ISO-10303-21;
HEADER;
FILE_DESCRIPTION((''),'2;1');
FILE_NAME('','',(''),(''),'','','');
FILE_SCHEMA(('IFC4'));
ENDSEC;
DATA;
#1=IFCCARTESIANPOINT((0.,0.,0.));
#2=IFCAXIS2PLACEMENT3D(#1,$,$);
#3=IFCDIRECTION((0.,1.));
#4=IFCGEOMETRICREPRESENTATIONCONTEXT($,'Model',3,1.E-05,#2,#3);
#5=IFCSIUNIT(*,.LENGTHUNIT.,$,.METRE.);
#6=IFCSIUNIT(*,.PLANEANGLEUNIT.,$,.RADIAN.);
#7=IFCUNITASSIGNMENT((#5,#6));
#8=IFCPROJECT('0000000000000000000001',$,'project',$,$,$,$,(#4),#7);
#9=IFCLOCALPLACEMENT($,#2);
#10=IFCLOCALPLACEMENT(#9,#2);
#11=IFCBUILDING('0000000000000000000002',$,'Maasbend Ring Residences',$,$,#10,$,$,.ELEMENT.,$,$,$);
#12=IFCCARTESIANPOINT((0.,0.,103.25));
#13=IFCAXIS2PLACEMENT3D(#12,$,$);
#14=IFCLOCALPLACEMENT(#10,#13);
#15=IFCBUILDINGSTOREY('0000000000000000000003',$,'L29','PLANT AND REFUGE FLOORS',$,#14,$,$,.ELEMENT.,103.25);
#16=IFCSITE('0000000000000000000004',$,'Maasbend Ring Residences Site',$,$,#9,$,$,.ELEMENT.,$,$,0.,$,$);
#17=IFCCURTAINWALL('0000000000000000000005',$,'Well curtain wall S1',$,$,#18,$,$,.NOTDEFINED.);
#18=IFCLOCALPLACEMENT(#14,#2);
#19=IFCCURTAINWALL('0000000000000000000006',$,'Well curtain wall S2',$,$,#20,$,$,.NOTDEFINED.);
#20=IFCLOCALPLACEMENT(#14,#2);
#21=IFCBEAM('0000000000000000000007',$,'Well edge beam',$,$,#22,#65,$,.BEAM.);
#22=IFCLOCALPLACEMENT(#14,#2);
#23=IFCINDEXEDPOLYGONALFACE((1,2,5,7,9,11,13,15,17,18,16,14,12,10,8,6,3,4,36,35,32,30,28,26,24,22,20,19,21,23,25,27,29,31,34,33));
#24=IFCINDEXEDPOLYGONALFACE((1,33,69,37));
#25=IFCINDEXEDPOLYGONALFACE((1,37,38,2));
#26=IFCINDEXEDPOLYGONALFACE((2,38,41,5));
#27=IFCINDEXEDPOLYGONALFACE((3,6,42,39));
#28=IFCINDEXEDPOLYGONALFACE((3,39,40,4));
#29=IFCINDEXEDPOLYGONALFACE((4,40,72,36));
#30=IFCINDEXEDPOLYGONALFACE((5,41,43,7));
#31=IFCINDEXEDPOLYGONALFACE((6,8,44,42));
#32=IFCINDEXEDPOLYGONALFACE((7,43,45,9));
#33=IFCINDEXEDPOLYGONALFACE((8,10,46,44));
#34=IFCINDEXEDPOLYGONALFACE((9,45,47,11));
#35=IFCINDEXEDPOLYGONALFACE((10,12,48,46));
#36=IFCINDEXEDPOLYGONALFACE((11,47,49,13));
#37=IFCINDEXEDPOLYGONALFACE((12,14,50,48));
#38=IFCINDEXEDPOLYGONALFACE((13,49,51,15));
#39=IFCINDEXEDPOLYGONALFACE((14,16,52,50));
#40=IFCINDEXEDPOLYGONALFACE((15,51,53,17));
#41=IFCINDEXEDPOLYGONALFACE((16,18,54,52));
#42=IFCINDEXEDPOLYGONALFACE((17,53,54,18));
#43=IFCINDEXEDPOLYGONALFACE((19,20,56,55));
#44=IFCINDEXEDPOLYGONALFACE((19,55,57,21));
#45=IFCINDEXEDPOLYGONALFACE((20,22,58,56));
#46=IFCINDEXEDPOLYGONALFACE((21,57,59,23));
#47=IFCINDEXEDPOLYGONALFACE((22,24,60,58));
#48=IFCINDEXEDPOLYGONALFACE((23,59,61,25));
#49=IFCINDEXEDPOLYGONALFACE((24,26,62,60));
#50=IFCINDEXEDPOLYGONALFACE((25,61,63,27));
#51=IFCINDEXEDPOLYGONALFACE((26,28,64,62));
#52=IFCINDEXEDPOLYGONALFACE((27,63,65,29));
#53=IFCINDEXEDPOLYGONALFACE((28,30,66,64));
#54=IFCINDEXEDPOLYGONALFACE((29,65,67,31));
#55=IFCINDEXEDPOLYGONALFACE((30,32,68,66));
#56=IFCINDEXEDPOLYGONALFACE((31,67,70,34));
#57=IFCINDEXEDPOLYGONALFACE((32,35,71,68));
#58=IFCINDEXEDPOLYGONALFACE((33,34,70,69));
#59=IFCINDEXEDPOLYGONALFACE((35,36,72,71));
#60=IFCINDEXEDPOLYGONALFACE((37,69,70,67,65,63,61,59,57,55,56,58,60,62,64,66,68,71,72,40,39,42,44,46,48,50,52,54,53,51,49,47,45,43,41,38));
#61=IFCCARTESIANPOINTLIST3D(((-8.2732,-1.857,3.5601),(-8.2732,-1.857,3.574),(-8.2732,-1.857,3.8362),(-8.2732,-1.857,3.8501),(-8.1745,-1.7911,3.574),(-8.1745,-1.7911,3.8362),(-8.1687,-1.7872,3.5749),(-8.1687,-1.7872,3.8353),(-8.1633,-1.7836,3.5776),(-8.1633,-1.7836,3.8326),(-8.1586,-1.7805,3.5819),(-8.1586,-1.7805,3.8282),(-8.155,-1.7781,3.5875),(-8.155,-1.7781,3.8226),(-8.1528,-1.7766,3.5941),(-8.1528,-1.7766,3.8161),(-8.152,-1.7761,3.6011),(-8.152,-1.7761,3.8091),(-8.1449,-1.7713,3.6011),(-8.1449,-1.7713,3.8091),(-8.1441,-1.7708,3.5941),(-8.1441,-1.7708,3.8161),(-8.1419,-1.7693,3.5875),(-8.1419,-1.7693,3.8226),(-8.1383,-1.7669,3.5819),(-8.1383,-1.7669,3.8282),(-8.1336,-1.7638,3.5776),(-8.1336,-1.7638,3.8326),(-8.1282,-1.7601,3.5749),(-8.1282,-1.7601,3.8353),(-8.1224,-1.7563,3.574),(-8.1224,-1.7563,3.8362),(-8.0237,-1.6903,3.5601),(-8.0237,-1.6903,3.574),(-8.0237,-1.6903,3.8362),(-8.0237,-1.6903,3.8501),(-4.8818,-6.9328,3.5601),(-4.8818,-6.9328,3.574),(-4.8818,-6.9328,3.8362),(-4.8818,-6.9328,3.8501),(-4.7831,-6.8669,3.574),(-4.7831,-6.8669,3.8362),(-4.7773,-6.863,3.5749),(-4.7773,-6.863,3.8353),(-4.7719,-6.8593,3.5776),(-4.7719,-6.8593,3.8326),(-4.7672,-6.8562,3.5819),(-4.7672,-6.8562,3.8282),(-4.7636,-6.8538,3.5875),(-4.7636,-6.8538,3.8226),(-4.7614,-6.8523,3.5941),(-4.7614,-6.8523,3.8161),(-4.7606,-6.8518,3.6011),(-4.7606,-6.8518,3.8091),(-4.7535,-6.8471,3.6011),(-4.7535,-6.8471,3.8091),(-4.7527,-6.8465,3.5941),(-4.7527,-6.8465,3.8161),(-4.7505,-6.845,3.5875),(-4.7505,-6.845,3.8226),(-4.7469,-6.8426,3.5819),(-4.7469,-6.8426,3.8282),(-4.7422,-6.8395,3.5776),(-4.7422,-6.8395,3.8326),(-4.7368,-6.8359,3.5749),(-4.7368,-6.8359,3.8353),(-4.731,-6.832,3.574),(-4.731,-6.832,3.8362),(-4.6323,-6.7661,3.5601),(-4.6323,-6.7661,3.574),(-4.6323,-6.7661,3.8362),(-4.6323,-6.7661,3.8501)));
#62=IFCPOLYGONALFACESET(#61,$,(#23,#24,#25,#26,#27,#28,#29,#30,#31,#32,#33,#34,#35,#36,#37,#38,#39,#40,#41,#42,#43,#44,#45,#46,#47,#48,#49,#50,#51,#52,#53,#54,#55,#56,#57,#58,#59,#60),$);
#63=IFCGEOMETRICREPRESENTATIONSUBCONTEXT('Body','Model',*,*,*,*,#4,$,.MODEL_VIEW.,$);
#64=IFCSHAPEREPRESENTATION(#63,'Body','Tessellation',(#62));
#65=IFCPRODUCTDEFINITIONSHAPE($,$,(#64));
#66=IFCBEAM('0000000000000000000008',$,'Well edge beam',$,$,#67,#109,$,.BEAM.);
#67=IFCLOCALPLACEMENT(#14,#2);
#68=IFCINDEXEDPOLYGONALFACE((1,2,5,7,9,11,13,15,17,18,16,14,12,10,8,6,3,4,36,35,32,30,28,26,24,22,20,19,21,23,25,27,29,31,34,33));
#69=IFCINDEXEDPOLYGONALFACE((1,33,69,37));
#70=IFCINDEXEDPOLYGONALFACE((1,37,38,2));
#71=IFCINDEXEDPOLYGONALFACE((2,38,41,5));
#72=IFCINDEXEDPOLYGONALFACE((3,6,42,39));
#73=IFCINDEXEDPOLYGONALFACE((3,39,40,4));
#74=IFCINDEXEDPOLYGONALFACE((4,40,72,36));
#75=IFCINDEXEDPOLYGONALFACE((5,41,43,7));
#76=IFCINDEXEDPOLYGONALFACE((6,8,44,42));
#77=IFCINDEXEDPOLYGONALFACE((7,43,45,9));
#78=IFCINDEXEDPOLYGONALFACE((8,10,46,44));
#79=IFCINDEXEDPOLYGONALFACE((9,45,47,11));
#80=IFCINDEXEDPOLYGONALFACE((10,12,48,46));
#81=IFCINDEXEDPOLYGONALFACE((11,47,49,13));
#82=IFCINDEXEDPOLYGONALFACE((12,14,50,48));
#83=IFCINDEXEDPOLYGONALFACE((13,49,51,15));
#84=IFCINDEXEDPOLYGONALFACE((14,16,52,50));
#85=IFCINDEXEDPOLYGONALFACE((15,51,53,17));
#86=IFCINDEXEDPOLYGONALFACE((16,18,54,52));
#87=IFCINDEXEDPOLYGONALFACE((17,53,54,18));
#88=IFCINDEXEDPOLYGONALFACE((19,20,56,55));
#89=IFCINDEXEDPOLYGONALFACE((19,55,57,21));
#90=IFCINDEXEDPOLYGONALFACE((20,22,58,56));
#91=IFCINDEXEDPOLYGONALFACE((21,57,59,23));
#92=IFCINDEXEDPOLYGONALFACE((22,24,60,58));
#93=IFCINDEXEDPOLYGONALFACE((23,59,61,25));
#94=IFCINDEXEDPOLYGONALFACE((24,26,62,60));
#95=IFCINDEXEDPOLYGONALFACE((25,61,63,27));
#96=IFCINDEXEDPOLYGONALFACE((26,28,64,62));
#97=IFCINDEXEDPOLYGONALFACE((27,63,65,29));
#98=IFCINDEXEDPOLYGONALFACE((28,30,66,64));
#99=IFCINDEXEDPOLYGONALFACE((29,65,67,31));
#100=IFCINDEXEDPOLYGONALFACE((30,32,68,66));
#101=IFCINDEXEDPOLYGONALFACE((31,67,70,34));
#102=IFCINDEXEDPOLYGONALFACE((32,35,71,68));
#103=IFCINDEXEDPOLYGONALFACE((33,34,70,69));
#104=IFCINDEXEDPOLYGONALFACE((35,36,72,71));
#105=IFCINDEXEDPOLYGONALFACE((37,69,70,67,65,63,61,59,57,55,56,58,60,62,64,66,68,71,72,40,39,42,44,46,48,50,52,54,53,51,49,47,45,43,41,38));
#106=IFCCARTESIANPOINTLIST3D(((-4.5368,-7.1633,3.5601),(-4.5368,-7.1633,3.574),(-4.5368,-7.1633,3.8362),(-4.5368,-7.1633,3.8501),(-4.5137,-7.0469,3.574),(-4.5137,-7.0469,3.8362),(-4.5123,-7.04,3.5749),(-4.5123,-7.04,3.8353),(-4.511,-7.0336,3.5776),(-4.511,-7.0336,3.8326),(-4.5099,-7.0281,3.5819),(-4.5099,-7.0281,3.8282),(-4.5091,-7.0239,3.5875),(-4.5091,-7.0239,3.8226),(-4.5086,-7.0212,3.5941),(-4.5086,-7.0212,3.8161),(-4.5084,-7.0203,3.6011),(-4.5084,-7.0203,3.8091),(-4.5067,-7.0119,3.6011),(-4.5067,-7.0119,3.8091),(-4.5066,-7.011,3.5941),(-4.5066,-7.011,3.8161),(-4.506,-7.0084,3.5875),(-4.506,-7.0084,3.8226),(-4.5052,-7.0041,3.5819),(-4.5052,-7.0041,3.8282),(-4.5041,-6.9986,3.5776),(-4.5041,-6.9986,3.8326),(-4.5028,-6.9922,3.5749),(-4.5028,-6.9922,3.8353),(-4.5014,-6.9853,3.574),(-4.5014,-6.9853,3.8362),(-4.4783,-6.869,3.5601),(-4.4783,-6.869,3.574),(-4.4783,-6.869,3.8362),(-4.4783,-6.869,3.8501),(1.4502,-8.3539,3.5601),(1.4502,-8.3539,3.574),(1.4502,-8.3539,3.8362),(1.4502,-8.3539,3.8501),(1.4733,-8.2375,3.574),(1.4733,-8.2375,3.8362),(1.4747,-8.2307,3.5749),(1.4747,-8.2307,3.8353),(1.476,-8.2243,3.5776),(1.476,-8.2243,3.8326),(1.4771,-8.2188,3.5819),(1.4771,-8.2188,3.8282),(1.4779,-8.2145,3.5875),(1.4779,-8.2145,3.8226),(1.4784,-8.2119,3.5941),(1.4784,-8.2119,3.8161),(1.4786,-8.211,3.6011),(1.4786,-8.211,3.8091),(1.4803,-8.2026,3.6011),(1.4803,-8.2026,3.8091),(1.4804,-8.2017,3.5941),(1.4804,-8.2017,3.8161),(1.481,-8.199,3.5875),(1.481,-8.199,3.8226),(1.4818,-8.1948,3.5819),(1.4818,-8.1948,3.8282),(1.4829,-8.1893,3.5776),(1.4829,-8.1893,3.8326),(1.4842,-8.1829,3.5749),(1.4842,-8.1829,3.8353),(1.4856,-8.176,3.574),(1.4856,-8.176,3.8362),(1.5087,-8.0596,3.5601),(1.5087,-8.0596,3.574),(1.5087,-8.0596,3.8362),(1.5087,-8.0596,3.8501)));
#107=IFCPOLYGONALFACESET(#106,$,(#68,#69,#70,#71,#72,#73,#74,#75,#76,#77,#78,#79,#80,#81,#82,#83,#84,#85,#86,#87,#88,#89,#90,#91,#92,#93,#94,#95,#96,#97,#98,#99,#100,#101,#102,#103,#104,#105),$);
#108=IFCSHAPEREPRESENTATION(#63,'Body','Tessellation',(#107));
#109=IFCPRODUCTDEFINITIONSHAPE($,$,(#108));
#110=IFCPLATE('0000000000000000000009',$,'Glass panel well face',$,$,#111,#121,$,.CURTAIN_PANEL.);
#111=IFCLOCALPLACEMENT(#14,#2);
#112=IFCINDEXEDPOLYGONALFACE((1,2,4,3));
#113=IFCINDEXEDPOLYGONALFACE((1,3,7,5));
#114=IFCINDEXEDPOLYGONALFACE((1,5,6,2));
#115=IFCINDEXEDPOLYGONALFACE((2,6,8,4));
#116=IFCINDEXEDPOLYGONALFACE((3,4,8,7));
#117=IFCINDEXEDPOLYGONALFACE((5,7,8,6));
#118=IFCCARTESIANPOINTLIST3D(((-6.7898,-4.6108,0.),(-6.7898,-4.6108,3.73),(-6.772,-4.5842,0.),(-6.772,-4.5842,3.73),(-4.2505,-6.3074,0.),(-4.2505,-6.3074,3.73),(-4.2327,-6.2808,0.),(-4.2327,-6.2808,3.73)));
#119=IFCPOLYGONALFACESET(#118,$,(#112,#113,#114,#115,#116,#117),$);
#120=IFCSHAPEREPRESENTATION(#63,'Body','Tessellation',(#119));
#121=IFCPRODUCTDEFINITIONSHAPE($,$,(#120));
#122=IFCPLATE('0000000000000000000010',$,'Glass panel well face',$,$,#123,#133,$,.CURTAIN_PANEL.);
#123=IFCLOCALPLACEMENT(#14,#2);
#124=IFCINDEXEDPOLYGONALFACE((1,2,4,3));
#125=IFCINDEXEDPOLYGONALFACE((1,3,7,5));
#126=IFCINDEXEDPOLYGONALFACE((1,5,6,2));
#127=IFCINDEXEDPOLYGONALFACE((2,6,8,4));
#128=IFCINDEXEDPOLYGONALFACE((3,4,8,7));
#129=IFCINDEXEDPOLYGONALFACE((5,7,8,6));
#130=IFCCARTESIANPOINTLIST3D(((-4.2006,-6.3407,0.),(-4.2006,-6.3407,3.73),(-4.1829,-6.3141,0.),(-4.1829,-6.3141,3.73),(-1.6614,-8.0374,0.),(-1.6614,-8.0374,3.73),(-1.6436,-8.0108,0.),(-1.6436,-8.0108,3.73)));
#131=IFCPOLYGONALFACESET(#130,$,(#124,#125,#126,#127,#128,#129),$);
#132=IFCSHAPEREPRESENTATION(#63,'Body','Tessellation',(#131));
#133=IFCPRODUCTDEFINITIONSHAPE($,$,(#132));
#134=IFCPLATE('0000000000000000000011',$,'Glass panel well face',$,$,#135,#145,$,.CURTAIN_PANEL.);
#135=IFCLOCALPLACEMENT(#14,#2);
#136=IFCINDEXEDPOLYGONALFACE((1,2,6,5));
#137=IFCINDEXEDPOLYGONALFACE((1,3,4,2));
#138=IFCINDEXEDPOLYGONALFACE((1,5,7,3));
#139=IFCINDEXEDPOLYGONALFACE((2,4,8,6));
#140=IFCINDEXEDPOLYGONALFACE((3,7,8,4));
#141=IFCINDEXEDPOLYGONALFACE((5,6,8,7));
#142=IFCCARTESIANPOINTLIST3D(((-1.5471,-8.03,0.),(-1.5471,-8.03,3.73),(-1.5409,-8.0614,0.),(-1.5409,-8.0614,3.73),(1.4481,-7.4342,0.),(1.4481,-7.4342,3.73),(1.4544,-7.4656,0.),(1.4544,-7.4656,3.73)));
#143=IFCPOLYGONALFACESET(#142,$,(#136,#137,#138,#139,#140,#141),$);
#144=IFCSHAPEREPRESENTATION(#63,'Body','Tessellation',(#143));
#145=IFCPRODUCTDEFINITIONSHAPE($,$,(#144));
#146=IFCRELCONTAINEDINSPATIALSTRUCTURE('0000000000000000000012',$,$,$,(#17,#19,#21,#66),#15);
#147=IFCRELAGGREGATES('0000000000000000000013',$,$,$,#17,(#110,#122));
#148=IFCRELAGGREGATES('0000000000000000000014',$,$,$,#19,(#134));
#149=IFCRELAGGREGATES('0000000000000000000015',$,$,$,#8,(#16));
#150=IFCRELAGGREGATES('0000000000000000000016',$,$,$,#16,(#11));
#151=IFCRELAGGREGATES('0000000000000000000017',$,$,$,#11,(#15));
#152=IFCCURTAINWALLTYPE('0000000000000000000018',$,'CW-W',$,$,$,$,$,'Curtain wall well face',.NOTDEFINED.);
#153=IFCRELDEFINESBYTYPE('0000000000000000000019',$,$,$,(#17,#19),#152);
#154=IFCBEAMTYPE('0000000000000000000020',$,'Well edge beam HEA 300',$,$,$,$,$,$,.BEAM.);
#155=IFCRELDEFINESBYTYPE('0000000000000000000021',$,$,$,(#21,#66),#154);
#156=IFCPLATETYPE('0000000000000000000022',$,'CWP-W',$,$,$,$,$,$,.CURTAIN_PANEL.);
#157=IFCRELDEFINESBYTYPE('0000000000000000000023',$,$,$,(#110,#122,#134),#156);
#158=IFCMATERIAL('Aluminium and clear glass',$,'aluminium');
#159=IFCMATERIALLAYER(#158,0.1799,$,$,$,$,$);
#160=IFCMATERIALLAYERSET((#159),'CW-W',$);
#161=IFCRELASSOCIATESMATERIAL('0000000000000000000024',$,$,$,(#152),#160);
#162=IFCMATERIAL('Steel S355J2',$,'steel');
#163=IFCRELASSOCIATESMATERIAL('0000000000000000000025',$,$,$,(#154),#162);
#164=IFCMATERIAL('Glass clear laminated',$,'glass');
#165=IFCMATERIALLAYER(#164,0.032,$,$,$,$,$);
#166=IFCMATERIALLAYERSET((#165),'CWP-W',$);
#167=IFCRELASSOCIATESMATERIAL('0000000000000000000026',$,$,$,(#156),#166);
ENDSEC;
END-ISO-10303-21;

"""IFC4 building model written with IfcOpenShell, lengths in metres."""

from ifc_helpers import new_model, si_unit, direction, frame, origin, origin_2d, place, context, subcontext, project, spatial, rectangle, i_section, extrude, material, layer, layer_set, material_profile, profile_set, type_object, element, aggregate, save


model = new_model("IFC4")

# Units and contexts
model_context = context("Model", 3, precision=1e-05, world=origin(), true_north=direction((0.0, 1.0)))
body_context = subcontext(model_context, "Body", "Model", "MODEL_VIEW")
ifc_project = project(units=[si_unit("LENGTHUNIT", "METRE"), si_unit("PLANEANGLEUNIT", "RADIAN")], contexts=[model_context])

# Site, building, storey
site_placement = place(None, origin())
site = spatial("IfcSite", under=ifc_project, at=site_placement, Name="Maasbend Ring Residences Site", CompositionType="ELEMENT", RefElevation=0.0)
building_placement = place(site_placement, origin())
building = spatial("IfcBuilding", under=site, at=building_placement, Name="Maasbend Ring Residences", CompositionType="ELEMENT")
storey_placement = place(building_placement, frame((0.0, 0.0, 103.25)))
storey = spatial("IfcBuildingStorey", under=building, at=storey_placement, Name="L29", Description="PLANT AND REFUGE FLOORS", CompositionType="ELEMENT", Elevation=103.25)

# Curtain wall
ifc_material_1 = material(Name="Aluminium and clear glass", Category="aluminium")
ifc_layer_1 = layer(ifc_material_1, 0.1799)
ifc_layer_set_1 = layer_set([ifc_layer_1], Name="CW-W")
curtain_wall_type = type_object("IfcCurtainWallType", Name="CW-W", ElementType="Curtain wall well face", PredefinedType="NOTDEFINED", material=ifc_layer_set_1)
curtain_wall_1_placement = place(storey_placement, origin())
curtain_wall_1 = element("IfcCurtainWall", 1, at=curtain_wall_1_placement, inside=storey, type_object=curtain_wall_type, Name="Well curtain wall S1", PredefinedType="NOTDEFINED")

# Curtain wall
curtain_wall_2_placement = place(storey_placement, origin())
curtain_wall_2 = element("IfcCurtainWall", 2, at=curtain_wall_2_placement, inside=storey, type_object=curtain_wall_type, Name="Well curtain wall S2", PredefinedType="NOTDEFINED")

# Beams
ifc_material_2 = material(Name="Steel S355J2", Category="steel")
ifc_material_profile_1 = material_profile(ifc_material_2, i_section(OverallWidth=0.3, OverallDepth=0.29, WebThickness=0.0085, FlangeThickness=0.0139, FilletRadius=0.0271, at=origin_2d()), Name="HEA 300")
ifc_profile_set_1 = profile_set([ifc_material_profile_1], Name="Steel S355J2")
beam_type = type_object("IfcBeamType", Name="Well edge beam HEA 300", PredefinedType="BEAM", material=ifc_profile_set_1)
beam_1_placement = place(storey_placement, frame((-8.1484, -1.7737, 3.7051), z_axis=(0.555558, -0.831478, 0.0), x_axis=(0.831478, 0.555558, 0.0)))
element("IfcBeam", 3, at=beam_1_placement, inside=storey, type_object=beam_type, Name="Well edge beam", PredefinedType="BEAM", context=body_context, shape_type="SweptSolid", body=[
    extrude(i_section(OverallWidth=0.3, OverallDepth=0.29, WebThickness=0.0085, FlangeThickness=0.0139, FilletRadius=0.0271, at=origin_2d()), origin(), (0.0, 0.0, 1.0), 6.1045),
])
beam_2_placement = place(storey_placement, frame((-4.5076, -7.0161, 3.7051), z_axis=(0.980792, -0.195055, 0.0), x_axis=(0.195055, 0.980792, 0.0)))
element("IfcBeam", 4, at=beam_2_placement, inside=storey, type_object=beam_type, Name="Well edge beam", PredefinedType="BEAM", context=body_context, shape_type="SweptSolid", body=[
    extrude(i_section(OverallWidth=0.3, OverallDepth=0.29, WebThickness=0.0085, FlangeThickness=0.0139, FilletRadius=0.0271, at=origin_2d()), origin(), (0.0, 0.0, 1.0), 6.1042),
])

# Plates
ifc_material_3 = material(Name="Glass clear laminated", Category="glass")
ifc_layer_2 = layer(ifc_material_3, 0.032)
ifc_layer_set_2 = layer_set([ifc_layer_2], Name="CWP-W")
plate_type = type_object("IfcPlateType", Name="CWP-W", PredefinedType="CURTAIN_PANEL", material=ifc_layer_set_2)
plate_1_placement = place(storey_placement, frame((-5.5112, -5.4458, 0.0), z_axis=(0.0, 0.0, 1.0), x_axis=(0.83147, -0.55557, 0.0)))
plate_1 = element("IfcPlate", 5, at=plate_1_placement, type_object=plate_type, Name="Glass panel well face", PredefinedType="CURTAIN_PANEL", context=body_context, shape_type="SweptSolid", body=[
    extrude(rectangle(XDim=3.054, YDim=0.032, at=origin_2d()), origin(), (0.0, 0.0, 1.0), 3.73),
])
plate_2_placement = place(storey_placement, frame((-2.9221, -7.1758, 0.0), z_axis=(0.0, 0.0, 1.0), x_axis=(0.83147, -0.55557, 0.0)))
plate_2 = element("IfcPlate", 6, at=plate_2_placement, type_object=plate_type, Name="Glass panel well face", PredefinedType="CURTAIN_PANEL", context=body_context, shape_type="SweptSolid", body=[
    extrude(rectangle(XDim=3.054, YDim=0.032, at=origin_2d()), origin(), (0.0, 0.0, 1.0), 3.73),
])
aggregate(curtain_wall_1, [plate_1, plate_2])
plate_3_placement = place(storey_placement, frame((-0.0464, -7.7478, 0.0), z_axis=(0.0, 0.0, 1.0), x_axis=(0.980785, 0.19509, 0.0)))
plate_3 = element("IfcPlate", 7, at=plate_3_placement, type_object=plate_type, Name="Glass panel well face", PredefinedType="CURTAIN_PANEL", context=body_context, shape_type="SweptSolid", body=[
    extrude(rectangle(XDim=3.054, YDim=0.032, at=origin_2d()), origin(), (0.0, 0.0, 1.0), 3.73),
])
aggregate(curtain_wall_2, [plate_3])

save(model, "model.ifc")
